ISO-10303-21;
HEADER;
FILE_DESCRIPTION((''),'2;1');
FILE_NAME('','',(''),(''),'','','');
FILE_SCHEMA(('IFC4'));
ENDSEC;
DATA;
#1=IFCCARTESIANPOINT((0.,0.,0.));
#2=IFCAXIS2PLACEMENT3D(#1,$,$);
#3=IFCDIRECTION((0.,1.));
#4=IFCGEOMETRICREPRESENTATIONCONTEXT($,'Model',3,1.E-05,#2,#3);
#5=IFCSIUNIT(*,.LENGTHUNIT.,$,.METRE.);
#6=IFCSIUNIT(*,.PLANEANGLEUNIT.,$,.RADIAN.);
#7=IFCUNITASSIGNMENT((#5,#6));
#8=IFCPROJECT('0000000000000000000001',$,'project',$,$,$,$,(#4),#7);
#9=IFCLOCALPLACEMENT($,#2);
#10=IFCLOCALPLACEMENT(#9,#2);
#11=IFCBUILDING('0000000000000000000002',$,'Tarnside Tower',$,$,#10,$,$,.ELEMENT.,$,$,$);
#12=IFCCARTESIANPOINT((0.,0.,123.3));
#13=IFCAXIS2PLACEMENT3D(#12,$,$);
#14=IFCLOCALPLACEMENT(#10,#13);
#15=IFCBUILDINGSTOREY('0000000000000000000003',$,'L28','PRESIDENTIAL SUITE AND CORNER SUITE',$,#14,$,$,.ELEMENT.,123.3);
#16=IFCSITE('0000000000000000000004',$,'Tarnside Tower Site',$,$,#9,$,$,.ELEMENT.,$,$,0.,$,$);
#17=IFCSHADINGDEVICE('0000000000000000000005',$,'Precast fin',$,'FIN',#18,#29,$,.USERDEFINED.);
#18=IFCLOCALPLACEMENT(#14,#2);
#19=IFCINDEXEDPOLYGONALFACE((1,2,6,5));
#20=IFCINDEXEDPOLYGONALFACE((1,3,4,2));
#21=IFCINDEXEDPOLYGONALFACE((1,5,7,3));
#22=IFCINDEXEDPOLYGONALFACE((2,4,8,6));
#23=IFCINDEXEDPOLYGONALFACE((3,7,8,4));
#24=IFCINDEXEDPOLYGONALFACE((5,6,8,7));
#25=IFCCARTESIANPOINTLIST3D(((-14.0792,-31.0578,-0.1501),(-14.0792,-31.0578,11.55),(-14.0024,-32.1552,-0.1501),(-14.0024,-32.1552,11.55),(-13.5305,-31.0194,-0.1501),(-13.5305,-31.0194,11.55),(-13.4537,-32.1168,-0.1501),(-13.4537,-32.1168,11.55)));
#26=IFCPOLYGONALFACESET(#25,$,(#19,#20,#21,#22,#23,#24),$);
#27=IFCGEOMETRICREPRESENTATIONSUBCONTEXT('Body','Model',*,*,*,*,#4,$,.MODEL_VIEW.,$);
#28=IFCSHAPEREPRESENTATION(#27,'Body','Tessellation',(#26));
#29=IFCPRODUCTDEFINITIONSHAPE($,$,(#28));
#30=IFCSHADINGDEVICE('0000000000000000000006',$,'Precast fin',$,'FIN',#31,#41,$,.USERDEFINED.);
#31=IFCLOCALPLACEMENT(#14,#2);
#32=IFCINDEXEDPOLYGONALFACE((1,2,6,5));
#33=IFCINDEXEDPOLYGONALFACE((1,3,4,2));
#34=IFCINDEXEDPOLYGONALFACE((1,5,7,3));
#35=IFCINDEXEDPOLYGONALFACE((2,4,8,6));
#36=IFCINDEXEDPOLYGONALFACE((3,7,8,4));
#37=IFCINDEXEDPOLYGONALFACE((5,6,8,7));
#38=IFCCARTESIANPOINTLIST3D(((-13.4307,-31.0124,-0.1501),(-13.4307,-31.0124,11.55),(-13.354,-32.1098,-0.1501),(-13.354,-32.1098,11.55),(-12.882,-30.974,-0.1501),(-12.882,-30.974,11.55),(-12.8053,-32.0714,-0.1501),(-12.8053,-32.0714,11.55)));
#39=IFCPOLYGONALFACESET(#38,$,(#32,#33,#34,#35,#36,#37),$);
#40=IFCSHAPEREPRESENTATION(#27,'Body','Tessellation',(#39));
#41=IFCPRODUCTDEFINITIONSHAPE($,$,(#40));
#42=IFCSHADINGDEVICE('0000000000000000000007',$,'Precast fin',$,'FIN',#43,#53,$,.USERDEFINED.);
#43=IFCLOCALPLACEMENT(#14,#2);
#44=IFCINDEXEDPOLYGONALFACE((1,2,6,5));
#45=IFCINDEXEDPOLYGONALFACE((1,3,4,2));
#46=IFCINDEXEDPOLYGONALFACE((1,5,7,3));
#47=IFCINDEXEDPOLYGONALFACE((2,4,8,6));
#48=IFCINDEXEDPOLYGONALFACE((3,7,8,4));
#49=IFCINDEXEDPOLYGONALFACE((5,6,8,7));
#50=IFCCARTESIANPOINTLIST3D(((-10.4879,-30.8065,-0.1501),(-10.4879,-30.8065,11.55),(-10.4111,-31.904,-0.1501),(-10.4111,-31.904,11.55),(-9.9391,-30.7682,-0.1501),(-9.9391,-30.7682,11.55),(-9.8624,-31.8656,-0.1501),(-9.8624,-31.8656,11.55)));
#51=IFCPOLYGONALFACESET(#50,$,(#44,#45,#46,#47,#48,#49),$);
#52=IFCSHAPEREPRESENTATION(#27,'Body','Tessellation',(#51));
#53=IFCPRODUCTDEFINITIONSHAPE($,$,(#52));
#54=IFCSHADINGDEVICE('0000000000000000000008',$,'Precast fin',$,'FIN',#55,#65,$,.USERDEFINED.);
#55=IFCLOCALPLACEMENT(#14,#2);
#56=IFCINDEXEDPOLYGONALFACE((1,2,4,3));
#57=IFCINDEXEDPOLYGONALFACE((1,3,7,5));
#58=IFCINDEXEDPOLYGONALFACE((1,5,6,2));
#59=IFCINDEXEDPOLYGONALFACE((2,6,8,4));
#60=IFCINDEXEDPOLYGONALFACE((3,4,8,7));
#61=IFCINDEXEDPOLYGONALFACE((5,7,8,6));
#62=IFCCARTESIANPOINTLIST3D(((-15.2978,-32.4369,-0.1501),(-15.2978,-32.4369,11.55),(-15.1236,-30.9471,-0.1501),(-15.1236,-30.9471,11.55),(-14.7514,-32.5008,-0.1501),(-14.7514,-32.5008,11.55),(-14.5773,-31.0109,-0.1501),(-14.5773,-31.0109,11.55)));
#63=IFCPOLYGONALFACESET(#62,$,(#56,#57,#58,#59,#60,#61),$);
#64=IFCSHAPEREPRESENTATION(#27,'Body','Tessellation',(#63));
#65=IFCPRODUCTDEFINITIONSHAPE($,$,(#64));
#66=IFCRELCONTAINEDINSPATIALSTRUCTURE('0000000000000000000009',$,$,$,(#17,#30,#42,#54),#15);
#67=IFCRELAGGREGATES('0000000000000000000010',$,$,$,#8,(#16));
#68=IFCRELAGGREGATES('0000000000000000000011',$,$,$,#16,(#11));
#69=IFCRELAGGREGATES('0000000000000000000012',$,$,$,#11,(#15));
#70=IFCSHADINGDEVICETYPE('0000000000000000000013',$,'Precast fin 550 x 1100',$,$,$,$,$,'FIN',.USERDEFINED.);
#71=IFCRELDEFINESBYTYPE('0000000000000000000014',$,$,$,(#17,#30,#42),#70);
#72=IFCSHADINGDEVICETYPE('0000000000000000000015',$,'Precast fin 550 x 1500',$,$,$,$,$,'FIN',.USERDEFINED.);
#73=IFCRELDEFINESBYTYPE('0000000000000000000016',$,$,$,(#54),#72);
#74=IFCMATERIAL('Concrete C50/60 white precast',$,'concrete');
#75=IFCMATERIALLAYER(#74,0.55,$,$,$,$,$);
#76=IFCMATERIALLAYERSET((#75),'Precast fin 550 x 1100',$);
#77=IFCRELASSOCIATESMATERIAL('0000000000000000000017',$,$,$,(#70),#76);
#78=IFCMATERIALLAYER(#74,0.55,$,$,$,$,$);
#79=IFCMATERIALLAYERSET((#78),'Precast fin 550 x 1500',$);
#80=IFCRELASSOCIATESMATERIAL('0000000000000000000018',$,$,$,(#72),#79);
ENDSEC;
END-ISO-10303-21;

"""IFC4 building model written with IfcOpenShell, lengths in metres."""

from ifc_helpers import new_model, si_unit, direction, frame, origin, place, context, subcontext, project, spatial, polyline, outline, extrude, material, layer, layer_set, type_object, element, save


model = new_model("IFC4")

# Units and contexts
model_context = context("Model", 3, precision=1e-05, world=origin(), true_north=direction((0.0, 1.0)))
body_context = subcontext(model_context, "Body", "Model", "MODEL_VIEW")
ifc_project = project(units=[si_unit("LENGTHUNIT", "METRE"), si_unit("PLANEANGLEUNIT", "RADIAN")], contexts=[model_context])

# Site, building, storey
site_placement = place(None, origin())
site = spatial("IfcSite", under=ifc_project, at=site_placement, Name="Tarnside Tower Site", CompositionType="ELEMENT", RefElevation=0.0)
building_placement = place(site_placement, origin())
building = spatial("IfcBuilding", under=site, at=building_placement, Name="Tarnside Tower", CompositionType="ELEMENT")
storey_placement = place(building_placement, frame((0.0, 0.0, 123.3)))
storey = spatial("IfcBuildingStorey", under=building, at=storey_placement, Name="L28", Description="PRESIDENTIAL SUITE AND CORNER SUITE", CompositionType="ELEMENT", Elevation=123.3)

# Shading devices
ifc_material_1 = material(Name="Concrete C50/60 white precast", Category="concrete")
ifc_layer_1 = layer(ifc_material_1, 0.55)
ifc_layer_set_1 = layer_set([ifc_layer_1], Name="Precast fin 550 x 1100")
shading_device_type_1 = type_object("IfcShadingDeviceType", Name="Precast fin 550 x 1100", ElementType="FIN", PredefinedType="USERDEFINED", material=ifc_layer_set_1)
for number, where, z_axis, x_axis, name in (
    (1, (-13.8047, -31.0386, -0.1501), (-0.997564, -0.069756, 0.0), (0.069756, -0.997564, 0.0), "Precast fin"),
    (2, (-13.1562, -30.9932, -0.1501), (-0.997564, -0.069756, 0.0), (0.069756, -0.997564, 0.0), "Precast fin"),
    (3, (-10.2134, -30.7874, -0.1501), (-0.997564, -0.069756, 0.0), (0.069756, -0.997564, 0.0), "Precast fin"),
):
    element("IfcShadingDevice", number, at=place(storey_placement, frame(where, z_axis=z_axis, x_axis=x_axis)), inside=storey, type_object=shading_device_type_1, Name=name, ObjectType="FIN", PredefinedType="USERDEFINED", context=body_context, shape_type="SweptSolid", body=[
        extrude(outline(polyline([(0.0, 0.0), (1.1001, 0.0), (1.1001, 11.7002), (0.0, 11.7002), (0.0, 0.0)])), frame((0.0, 0.0, -0.2749)), (0.0, 0.0, 1.0), 0.55),
    ])
ifc_layer_2 = layer(ifc_material_1, 0.55)
ifc_layer_set_2 = layer_set([ifc_layer_2], Name="Precast fin 550 x 1500")
shading_device_type_2 = type_object("IfcShadingDeviceType", Name="Precast fin 550 x 1500", ElementType="FIN", PredefinedType="USERDEFINED", material=ifc_layer_set_2)
shading_device_placement = place(storey_placement, frame((-14.8503, -30.979, -0.1501), z_axis=(-0.993238, 0.116093, 0.0), x_axis=(-0.116093, -0.993238, 0.0)))
element("IfcShadingDevice", 4, at=shading_device_placement, inside=storey, type_object=shading_device_type_2, Name="Precast fin", ObjectType="FIN", PredefinedType="USERDEFINED", context=body_context, shape_type="SweptSolid", body=[
    extrude(outline(polyline([(0.0, 0.0), (1.5, 0.0), (1.5, 11.7002), (0.0, 11.7002), (0.0, 0.0)])), frame((0.0, 0.0, -0.2749)), (0.0, 0.0, 1.0), 0.55),
])

save(model, "model.ifc")
